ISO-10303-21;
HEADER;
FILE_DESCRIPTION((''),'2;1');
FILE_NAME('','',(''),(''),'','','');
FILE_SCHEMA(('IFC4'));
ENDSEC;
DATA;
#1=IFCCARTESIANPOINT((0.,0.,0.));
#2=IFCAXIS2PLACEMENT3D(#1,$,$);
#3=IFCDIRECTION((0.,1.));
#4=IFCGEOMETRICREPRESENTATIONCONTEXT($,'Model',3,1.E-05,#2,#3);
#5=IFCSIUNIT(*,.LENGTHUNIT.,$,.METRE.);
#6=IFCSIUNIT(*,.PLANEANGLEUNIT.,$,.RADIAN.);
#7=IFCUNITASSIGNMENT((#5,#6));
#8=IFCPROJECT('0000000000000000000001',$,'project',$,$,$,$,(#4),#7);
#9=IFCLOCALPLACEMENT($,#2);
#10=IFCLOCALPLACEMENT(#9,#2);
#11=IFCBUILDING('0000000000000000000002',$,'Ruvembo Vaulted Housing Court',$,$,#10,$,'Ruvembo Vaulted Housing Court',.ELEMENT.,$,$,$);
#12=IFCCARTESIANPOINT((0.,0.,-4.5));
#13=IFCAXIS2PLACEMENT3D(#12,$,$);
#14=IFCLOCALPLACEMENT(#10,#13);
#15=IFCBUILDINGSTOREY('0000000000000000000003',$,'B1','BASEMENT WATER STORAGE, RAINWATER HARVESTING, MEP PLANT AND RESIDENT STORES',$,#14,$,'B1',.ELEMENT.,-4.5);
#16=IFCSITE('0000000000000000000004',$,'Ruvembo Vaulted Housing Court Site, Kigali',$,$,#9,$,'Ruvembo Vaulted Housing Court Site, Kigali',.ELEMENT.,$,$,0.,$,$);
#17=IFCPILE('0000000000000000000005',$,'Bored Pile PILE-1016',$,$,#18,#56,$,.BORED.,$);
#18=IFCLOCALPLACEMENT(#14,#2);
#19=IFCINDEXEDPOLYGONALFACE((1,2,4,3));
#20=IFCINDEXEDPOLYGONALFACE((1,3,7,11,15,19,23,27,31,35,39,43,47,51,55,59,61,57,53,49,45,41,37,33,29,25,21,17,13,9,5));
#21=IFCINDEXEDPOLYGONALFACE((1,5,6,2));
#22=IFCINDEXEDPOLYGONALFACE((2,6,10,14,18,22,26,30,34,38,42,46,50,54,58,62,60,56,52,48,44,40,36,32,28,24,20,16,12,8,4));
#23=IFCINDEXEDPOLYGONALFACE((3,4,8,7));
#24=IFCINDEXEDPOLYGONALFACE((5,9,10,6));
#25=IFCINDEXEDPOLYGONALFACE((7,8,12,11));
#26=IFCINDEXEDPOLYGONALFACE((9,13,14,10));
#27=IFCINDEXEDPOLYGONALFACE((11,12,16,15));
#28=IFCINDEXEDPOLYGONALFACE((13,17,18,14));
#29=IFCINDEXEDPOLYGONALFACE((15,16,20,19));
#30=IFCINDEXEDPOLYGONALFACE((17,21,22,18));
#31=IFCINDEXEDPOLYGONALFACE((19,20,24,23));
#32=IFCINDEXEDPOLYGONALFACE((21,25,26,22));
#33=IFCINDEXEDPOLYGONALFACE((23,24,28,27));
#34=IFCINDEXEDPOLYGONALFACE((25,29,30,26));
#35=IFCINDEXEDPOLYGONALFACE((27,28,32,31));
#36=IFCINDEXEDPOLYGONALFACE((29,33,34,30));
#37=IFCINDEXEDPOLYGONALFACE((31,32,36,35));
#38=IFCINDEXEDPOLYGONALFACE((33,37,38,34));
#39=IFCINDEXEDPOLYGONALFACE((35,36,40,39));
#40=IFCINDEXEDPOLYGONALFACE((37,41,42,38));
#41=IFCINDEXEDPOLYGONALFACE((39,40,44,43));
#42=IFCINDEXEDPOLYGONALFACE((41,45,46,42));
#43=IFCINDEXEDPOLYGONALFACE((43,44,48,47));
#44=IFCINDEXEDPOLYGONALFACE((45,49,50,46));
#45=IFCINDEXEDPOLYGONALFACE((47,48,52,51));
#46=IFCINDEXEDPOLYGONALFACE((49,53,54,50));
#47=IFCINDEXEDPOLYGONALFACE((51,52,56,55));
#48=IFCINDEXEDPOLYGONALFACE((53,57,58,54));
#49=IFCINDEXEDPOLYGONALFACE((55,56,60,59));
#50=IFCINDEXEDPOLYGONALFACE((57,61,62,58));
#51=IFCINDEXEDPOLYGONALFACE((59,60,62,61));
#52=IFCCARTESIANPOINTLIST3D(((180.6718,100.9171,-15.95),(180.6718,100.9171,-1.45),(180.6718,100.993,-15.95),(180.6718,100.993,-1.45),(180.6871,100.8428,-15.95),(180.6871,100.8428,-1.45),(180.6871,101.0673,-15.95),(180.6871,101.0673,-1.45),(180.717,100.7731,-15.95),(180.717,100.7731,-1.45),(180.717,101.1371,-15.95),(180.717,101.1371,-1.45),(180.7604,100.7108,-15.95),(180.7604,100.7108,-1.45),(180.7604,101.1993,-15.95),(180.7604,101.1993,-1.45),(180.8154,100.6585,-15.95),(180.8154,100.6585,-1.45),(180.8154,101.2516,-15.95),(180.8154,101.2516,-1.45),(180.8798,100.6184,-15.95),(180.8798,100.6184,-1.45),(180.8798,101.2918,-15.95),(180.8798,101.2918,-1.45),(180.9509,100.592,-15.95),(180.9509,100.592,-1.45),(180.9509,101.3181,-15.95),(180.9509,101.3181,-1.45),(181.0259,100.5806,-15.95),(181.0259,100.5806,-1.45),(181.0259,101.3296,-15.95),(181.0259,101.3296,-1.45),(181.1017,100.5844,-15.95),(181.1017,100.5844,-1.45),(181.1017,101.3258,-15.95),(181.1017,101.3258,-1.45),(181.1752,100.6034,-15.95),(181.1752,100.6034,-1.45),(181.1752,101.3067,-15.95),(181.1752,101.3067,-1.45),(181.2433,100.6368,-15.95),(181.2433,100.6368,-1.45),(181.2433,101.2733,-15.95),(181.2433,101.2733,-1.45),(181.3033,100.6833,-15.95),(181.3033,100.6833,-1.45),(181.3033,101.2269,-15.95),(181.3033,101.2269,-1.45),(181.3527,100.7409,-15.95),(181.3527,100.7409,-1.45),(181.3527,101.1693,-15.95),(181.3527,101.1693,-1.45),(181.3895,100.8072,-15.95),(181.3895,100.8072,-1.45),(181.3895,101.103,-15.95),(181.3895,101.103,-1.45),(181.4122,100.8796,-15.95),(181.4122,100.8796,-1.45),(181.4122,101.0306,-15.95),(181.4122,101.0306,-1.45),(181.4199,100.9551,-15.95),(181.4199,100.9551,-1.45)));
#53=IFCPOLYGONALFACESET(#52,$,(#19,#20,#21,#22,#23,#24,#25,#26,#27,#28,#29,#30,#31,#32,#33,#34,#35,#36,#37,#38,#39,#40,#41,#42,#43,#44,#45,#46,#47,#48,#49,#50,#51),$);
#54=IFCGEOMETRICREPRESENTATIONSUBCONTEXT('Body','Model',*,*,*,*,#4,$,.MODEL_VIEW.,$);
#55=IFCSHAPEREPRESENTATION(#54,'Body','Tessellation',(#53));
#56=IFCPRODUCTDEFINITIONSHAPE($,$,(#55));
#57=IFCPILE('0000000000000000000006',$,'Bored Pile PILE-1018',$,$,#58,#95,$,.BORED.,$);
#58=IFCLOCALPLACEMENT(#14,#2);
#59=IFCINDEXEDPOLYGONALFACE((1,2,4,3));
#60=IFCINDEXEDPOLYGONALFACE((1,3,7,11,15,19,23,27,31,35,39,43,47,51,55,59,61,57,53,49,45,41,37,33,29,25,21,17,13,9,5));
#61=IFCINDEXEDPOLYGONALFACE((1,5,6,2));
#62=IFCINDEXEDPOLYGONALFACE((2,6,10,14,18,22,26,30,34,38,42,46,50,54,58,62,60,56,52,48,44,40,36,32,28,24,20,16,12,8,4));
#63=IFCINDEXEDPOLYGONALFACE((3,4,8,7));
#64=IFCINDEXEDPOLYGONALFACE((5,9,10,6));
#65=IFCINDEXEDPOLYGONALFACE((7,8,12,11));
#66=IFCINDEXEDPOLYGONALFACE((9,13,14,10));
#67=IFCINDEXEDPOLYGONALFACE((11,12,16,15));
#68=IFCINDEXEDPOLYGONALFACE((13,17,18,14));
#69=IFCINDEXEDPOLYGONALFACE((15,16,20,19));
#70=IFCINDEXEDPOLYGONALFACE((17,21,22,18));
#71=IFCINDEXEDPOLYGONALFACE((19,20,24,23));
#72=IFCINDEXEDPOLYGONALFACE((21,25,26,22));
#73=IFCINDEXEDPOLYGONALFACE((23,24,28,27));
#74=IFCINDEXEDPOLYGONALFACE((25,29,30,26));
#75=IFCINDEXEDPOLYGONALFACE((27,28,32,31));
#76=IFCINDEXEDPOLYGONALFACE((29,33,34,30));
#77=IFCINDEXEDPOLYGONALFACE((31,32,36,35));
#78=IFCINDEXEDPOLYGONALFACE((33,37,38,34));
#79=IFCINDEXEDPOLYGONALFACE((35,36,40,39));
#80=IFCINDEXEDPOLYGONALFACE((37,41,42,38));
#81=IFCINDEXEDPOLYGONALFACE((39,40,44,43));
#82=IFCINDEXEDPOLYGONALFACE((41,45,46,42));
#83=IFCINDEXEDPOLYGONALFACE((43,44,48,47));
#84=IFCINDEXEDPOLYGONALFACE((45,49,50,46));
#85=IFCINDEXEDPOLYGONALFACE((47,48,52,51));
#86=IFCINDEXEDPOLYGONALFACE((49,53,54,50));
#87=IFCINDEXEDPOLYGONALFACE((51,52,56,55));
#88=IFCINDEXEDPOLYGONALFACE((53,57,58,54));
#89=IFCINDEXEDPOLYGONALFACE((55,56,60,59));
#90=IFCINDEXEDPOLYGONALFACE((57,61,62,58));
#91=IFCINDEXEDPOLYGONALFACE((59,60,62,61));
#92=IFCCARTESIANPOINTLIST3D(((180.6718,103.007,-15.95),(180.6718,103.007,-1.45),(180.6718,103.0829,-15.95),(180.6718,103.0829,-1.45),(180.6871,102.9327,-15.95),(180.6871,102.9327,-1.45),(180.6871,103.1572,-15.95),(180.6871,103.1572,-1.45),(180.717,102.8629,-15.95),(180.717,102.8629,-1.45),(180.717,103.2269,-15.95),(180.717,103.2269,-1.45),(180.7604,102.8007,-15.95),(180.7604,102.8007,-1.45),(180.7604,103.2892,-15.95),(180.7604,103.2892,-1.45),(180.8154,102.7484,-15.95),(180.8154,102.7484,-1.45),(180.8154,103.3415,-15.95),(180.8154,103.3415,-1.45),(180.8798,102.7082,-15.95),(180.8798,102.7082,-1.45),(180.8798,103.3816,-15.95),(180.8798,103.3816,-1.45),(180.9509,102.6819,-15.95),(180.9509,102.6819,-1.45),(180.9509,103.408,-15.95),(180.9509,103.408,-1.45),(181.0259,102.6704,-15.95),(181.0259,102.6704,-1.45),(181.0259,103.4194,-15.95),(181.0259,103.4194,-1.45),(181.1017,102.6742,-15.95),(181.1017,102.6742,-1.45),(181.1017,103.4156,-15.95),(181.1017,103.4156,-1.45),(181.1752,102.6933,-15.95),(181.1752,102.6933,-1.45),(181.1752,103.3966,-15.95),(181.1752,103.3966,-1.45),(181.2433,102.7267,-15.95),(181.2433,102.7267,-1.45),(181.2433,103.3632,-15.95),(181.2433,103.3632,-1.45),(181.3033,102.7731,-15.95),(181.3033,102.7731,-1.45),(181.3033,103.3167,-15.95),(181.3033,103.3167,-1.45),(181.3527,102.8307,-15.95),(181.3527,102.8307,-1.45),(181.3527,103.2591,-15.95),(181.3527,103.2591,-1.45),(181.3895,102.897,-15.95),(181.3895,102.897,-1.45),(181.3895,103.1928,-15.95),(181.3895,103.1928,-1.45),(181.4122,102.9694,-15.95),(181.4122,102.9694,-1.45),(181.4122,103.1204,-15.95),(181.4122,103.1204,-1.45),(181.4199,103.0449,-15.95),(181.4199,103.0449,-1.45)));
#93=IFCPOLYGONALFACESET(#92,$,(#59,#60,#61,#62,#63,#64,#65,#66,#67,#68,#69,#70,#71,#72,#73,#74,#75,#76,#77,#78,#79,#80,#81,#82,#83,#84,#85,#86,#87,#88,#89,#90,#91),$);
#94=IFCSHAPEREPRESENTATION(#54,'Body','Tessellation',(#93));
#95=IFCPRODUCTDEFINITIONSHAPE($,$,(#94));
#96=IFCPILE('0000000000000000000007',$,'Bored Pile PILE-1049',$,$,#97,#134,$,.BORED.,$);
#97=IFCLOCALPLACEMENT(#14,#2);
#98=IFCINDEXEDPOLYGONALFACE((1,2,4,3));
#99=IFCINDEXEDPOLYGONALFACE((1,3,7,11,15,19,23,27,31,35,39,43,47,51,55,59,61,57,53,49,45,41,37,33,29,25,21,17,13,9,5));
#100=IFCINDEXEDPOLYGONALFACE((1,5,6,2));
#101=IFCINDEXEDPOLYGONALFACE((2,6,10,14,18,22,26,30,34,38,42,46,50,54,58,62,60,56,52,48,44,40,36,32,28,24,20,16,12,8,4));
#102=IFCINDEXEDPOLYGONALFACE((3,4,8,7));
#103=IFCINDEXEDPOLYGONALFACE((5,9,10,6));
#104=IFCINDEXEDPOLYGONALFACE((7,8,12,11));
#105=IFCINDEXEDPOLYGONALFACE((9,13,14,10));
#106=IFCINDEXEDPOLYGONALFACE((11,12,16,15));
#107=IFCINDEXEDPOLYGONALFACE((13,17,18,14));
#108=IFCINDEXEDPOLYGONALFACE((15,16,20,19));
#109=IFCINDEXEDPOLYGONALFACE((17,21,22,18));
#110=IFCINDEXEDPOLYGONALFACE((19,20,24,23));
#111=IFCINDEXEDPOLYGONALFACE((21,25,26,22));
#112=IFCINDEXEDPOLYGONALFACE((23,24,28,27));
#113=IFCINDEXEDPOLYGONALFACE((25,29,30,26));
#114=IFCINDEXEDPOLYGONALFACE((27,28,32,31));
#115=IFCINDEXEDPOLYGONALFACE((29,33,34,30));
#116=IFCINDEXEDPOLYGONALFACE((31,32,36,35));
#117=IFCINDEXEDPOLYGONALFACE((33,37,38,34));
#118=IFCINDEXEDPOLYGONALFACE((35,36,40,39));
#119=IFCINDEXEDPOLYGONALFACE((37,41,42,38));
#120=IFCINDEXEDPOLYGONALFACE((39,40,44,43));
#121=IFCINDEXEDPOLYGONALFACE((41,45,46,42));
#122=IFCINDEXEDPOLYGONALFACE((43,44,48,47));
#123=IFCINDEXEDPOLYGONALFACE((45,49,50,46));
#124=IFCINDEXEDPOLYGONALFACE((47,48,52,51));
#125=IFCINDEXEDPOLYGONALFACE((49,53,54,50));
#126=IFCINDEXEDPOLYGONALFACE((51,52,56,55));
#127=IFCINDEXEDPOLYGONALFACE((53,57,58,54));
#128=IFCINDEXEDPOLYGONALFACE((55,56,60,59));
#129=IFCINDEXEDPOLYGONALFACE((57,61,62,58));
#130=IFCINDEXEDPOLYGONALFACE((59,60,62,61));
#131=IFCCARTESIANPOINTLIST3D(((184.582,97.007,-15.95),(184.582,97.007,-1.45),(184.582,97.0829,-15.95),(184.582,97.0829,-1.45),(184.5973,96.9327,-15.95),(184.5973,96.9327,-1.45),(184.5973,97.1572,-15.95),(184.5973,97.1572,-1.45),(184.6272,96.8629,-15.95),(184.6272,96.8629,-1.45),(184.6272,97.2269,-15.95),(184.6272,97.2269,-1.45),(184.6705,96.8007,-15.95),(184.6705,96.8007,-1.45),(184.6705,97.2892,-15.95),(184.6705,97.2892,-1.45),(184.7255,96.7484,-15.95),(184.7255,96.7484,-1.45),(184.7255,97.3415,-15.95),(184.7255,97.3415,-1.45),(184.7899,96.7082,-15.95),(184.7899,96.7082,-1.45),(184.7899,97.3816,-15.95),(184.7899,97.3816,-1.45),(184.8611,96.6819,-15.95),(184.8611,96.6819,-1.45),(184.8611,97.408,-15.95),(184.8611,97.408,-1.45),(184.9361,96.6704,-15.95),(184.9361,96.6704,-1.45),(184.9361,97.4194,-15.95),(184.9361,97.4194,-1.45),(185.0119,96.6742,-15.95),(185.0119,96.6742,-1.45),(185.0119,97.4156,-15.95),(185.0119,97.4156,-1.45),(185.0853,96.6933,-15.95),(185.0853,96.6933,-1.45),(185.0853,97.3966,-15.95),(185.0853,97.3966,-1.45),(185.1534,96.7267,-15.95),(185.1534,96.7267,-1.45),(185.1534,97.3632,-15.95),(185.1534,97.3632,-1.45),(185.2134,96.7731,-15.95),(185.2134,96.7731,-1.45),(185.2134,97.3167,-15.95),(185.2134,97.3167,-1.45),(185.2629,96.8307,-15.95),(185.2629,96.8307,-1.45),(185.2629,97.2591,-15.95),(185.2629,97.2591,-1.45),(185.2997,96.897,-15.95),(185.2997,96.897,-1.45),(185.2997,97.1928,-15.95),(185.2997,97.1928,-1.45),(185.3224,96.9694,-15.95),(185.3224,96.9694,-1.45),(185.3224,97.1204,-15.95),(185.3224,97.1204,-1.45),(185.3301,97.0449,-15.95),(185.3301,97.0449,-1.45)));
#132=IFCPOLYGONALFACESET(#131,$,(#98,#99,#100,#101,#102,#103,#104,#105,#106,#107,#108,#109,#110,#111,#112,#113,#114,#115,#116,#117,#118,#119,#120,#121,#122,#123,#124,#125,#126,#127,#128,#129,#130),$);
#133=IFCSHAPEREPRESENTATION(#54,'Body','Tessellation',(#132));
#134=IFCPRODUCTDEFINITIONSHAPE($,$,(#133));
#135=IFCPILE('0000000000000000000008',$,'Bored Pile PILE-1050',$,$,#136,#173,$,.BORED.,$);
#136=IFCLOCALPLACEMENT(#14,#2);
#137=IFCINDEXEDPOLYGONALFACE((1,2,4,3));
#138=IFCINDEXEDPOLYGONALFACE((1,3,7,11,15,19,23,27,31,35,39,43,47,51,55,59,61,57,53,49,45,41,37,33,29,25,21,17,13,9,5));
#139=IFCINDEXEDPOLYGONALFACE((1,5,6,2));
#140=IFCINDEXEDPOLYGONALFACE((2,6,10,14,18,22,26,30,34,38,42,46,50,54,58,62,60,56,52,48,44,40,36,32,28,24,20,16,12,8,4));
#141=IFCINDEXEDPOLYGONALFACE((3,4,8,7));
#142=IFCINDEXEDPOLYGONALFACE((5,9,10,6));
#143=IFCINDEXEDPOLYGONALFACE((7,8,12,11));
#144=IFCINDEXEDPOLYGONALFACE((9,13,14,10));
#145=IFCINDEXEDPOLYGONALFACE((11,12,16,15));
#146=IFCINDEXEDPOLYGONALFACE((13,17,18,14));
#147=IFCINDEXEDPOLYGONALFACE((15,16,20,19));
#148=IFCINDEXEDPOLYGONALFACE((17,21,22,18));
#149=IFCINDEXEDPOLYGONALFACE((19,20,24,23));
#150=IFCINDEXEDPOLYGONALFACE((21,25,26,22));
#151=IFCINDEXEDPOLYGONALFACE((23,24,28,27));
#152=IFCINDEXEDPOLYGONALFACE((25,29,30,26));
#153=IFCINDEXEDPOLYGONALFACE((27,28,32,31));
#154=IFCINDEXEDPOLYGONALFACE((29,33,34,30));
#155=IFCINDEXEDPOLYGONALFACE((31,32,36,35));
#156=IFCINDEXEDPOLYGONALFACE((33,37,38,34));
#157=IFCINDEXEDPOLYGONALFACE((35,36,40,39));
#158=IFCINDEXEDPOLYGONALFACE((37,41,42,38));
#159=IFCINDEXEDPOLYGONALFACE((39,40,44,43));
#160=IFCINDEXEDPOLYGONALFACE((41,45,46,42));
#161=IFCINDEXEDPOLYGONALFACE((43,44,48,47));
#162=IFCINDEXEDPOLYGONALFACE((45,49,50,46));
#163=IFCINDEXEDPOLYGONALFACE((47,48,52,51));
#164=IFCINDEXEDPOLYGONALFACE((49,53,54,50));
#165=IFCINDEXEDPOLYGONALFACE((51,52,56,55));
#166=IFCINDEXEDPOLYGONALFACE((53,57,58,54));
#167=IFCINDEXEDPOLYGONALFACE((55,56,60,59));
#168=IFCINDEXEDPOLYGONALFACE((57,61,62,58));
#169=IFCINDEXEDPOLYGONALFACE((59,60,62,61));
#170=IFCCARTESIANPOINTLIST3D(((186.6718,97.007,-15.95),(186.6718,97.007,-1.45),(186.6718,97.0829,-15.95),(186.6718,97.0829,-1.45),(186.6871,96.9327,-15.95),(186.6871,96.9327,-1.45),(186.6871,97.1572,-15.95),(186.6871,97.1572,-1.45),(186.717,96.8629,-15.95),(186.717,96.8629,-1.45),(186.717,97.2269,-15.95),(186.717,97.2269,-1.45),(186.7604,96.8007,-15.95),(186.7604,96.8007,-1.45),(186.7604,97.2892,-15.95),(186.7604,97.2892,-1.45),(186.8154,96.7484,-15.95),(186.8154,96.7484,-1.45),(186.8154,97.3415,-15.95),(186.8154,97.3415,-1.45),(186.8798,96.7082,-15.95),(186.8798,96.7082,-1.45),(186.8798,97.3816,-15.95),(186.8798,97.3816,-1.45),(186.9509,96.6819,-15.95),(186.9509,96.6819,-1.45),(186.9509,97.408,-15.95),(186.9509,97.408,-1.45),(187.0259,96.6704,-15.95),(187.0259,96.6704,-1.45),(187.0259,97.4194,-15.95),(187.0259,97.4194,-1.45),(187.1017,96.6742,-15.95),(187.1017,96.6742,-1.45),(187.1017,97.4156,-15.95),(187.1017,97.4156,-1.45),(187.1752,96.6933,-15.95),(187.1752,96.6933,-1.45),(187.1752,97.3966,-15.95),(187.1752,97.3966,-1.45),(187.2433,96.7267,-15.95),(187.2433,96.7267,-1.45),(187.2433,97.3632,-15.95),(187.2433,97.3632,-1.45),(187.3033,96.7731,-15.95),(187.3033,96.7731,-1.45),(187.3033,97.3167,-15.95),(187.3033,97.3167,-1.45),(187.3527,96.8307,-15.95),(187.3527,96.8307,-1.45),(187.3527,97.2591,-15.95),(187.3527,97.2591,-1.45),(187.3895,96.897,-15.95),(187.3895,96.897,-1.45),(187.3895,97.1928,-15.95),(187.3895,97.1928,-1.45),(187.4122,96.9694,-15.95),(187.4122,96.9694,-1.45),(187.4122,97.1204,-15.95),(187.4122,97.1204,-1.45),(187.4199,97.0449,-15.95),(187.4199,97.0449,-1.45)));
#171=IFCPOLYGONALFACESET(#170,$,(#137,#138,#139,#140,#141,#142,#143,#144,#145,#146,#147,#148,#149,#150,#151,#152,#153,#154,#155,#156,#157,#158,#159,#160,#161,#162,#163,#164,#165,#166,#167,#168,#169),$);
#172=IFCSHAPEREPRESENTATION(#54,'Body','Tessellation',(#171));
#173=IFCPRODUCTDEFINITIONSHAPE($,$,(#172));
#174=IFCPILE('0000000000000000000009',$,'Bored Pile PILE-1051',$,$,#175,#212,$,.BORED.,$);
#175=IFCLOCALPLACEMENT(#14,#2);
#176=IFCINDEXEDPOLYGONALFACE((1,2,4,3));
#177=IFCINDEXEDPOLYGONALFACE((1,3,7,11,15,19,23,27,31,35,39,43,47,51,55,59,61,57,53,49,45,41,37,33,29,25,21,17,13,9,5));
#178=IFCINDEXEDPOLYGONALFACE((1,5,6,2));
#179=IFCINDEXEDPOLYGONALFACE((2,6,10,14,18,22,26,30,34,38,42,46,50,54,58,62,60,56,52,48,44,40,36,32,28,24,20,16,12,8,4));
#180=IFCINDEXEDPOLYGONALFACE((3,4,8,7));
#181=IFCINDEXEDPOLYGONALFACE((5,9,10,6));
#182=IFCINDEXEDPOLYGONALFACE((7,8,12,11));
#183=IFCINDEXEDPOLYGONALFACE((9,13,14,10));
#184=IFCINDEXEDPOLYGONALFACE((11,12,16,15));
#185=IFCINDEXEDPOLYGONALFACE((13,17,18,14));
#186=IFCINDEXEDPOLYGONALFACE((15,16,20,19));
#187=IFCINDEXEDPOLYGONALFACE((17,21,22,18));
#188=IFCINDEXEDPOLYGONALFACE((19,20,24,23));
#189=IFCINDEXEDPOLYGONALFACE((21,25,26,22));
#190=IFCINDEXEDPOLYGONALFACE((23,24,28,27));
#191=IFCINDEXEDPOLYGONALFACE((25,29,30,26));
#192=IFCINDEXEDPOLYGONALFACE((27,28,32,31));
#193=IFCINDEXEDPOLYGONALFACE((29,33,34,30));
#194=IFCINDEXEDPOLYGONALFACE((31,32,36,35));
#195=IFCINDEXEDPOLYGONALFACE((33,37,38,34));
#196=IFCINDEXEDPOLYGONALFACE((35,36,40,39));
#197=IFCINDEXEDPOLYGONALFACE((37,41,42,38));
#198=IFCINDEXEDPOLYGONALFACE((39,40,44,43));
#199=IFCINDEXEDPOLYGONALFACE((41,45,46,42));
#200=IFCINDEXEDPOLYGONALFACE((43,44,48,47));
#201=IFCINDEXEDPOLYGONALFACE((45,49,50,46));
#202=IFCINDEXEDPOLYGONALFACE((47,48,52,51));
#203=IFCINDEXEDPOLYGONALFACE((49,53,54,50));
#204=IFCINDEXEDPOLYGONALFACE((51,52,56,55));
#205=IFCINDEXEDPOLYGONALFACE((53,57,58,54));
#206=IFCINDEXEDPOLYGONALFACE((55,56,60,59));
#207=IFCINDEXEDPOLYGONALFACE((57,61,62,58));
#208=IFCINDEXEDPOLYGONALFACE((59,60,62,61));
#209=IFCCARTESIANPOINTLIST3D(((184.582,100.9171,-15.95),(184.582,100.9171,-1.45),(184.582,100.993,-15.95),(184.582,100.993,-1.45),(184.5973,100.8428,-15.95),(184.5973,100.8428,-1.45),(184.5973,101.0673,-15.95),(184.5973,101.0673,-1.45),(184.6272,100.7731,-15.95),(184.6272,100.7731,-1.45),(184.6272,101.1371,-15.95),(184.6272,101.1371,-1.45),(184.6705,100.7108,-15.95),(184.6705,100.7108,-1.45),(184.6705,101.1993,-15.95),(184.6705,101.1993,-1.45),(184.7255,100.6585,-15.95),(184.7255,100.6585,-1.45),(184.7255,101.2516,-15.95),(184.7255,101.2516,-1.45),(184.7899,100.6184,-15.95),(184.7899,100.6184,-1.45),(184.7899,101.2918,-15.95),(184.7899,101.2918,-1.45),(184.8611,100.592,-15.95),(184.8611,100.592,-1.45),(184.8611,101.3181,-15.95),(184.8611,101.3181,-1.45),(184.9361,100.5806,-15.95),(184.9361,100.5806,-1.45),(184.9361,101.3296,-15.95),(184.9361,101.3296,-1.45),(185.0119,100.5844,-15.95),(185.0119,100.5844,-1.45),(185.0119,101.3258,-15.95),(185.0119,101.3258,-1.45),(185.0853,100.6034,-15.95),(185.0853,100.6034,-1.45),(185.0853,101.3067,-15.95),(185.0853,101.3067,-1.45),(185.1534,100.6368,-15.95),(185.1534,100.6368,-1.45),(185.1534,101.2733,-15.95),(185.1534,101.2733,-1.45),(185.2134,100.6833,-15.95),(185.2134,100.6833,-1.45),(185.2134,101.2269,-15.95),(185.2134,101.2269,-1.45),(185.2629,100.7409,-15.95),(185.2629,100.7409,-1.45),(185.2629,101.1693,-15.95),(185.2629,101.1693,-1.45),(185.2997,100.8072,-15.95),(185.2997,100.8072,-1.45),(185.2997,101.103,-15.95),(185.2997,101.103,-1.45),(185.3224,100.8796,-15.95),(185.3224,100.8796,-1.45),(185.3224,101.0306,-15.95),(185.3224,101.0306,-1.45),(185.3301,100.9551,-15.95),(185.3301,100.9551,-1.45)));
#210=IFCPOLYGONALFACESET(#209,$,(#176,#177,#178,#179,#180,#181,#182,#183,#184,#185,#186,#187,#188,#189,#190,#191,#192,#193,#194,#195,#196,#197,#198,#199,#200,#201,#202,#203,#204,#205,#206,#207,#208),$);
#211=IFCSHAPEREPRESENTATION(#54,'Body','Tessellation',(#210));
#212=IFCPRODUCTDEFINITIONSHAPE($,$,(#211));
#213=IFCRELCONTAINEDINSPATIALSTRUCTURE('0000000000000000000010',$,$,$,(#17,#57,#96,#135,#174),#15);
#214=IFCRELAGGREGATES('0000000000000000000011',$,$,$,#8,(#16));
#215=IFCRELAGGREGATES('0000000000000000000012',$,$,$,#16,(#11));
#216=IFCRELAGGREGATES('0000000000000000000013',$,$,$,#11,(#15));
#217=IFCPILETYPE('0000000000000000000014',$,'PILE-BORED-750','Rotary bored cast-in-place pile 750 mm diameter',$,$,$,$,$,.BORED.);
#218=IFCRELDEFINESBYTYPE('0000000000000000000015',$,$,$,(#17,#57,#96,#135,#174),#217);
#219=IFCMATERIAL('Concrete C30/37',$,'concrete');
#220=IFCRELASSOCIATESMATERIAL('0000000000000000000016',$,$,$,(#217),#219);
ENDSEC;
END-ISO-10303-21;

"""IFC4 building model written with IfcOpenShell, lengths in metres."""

from ifc_helpers import new_model, si_unit, direction, frame, origin, origin_2d, place, context, subcontext, project, spatial, circle, extrude, material, material_profile, profile_set, type_object, element, save


model = new_model("IFC4")

# Units and contexts
model_context = context("Model", 3, precision=1e-05, world=origin(), true_north=direction((0.0, 1.0)))
body_context = subcontext(model_context, "Body", "Model", "MODEL_VIEW")
ifc_project = project(units=[si_unit("LENGTHUNIT", "METRE"), si_unit("PLANEANGLEUNIT", "RADIAN")], contexts=[model_context])

# Site, building, storey
site_placement = place(None, origin())
site = spatial("IfcSite", under=ifc_project, at=site_placement, Name="Ruvembo Vaulted Housing Court Site, Kigali", LongName="Ruvembo Vaulted Housing Court Site, Kigali", CompositionType="ELEMENT", RefElevation=0.0)
building_placement = place(site_placement, origin())
building = spatial("IfcBuilding", under=site, at=building_placement, Name="Ruvembo Vaulted Housing Court", LongName="Ruvembo Vaulted Housing Court", CompositionType="ELEMENT")
storey_placement = place(building_placement, frame((0.0, 0.0, -4.5)))
storey = spatial("IfcBuildingStorey", under=building, at=storey_placement, Name="B1", Description="BASEMENT WATER STORAGE, RAINWATER HARVESTING, MEP PLANT AND RESIDENT STORES", LongName="B1", CompositionType="ELEMENT", Elevation=-4.5)

# Piles
ifc_material_1 = material(Name="Concrete C30/37", Category="concrete")
ifc_material_profile_1 = material_profile(ifc_material_1, circle(Radius=0.375, at=origin_2d()), Name="PILE D750")
ifc_profile_set_1 = profile_set([ifc_material_profile_1], Name="Concrete C30/37")
pile_type_1 = type_object("IfcPileType", Name="PILE-BORED-750", Description="Rotary bored cast-in-place pile 750 mm diameter", PredefinedType="BORED", material=ifc_profile_set_1)
for number, where, z_axis, x_axis, name in (
    (1, (181.0449, 100.9551, -1.45), (0.0, 0.0, -1.0), (1.0, 0.0, 0.0), "Bored Pile PILE-1016"),
    (2, (181.0449, 103.0449, -1.45), (0.0, 0.0, -1.0), (1.0, 0.0, 0.0), "Bored Pile PILE-1018"),
    (3, (184.9551, 97.0449, -1.45), (0.0, 0.0, -1.0), (1.0, 0.0, 0.0), "Bored Pile PILE-1049"),
    (4, (187.0449, 97.0449, -1.45), (0.0, 0.0, -1.0), (1.0, 0.0, 0.0), "Bored Pile PILE-1050"),
    (5, (184.9551, 100.9551, -1.45), (0.0, 0.0, -1.0), (1.0, 0.0, 0.0), "Bored Pile PILE-1051"),
):
    element("IfcPile", number, at=place(storey_placement, frame(where, z_axis=z_axis, x_axis=x_axis)), inside=storey, type_object=pile_type_1, Name=name, PredefinedType="BORED", context=body_context, shape_type="SweptSolid", body=[
        extrude(circle(Radius=0.375, at=origin_2d()), origin(), (0.0, 0.0, 1.0), 14.5),
    ])

save(model, "model.ifc")
